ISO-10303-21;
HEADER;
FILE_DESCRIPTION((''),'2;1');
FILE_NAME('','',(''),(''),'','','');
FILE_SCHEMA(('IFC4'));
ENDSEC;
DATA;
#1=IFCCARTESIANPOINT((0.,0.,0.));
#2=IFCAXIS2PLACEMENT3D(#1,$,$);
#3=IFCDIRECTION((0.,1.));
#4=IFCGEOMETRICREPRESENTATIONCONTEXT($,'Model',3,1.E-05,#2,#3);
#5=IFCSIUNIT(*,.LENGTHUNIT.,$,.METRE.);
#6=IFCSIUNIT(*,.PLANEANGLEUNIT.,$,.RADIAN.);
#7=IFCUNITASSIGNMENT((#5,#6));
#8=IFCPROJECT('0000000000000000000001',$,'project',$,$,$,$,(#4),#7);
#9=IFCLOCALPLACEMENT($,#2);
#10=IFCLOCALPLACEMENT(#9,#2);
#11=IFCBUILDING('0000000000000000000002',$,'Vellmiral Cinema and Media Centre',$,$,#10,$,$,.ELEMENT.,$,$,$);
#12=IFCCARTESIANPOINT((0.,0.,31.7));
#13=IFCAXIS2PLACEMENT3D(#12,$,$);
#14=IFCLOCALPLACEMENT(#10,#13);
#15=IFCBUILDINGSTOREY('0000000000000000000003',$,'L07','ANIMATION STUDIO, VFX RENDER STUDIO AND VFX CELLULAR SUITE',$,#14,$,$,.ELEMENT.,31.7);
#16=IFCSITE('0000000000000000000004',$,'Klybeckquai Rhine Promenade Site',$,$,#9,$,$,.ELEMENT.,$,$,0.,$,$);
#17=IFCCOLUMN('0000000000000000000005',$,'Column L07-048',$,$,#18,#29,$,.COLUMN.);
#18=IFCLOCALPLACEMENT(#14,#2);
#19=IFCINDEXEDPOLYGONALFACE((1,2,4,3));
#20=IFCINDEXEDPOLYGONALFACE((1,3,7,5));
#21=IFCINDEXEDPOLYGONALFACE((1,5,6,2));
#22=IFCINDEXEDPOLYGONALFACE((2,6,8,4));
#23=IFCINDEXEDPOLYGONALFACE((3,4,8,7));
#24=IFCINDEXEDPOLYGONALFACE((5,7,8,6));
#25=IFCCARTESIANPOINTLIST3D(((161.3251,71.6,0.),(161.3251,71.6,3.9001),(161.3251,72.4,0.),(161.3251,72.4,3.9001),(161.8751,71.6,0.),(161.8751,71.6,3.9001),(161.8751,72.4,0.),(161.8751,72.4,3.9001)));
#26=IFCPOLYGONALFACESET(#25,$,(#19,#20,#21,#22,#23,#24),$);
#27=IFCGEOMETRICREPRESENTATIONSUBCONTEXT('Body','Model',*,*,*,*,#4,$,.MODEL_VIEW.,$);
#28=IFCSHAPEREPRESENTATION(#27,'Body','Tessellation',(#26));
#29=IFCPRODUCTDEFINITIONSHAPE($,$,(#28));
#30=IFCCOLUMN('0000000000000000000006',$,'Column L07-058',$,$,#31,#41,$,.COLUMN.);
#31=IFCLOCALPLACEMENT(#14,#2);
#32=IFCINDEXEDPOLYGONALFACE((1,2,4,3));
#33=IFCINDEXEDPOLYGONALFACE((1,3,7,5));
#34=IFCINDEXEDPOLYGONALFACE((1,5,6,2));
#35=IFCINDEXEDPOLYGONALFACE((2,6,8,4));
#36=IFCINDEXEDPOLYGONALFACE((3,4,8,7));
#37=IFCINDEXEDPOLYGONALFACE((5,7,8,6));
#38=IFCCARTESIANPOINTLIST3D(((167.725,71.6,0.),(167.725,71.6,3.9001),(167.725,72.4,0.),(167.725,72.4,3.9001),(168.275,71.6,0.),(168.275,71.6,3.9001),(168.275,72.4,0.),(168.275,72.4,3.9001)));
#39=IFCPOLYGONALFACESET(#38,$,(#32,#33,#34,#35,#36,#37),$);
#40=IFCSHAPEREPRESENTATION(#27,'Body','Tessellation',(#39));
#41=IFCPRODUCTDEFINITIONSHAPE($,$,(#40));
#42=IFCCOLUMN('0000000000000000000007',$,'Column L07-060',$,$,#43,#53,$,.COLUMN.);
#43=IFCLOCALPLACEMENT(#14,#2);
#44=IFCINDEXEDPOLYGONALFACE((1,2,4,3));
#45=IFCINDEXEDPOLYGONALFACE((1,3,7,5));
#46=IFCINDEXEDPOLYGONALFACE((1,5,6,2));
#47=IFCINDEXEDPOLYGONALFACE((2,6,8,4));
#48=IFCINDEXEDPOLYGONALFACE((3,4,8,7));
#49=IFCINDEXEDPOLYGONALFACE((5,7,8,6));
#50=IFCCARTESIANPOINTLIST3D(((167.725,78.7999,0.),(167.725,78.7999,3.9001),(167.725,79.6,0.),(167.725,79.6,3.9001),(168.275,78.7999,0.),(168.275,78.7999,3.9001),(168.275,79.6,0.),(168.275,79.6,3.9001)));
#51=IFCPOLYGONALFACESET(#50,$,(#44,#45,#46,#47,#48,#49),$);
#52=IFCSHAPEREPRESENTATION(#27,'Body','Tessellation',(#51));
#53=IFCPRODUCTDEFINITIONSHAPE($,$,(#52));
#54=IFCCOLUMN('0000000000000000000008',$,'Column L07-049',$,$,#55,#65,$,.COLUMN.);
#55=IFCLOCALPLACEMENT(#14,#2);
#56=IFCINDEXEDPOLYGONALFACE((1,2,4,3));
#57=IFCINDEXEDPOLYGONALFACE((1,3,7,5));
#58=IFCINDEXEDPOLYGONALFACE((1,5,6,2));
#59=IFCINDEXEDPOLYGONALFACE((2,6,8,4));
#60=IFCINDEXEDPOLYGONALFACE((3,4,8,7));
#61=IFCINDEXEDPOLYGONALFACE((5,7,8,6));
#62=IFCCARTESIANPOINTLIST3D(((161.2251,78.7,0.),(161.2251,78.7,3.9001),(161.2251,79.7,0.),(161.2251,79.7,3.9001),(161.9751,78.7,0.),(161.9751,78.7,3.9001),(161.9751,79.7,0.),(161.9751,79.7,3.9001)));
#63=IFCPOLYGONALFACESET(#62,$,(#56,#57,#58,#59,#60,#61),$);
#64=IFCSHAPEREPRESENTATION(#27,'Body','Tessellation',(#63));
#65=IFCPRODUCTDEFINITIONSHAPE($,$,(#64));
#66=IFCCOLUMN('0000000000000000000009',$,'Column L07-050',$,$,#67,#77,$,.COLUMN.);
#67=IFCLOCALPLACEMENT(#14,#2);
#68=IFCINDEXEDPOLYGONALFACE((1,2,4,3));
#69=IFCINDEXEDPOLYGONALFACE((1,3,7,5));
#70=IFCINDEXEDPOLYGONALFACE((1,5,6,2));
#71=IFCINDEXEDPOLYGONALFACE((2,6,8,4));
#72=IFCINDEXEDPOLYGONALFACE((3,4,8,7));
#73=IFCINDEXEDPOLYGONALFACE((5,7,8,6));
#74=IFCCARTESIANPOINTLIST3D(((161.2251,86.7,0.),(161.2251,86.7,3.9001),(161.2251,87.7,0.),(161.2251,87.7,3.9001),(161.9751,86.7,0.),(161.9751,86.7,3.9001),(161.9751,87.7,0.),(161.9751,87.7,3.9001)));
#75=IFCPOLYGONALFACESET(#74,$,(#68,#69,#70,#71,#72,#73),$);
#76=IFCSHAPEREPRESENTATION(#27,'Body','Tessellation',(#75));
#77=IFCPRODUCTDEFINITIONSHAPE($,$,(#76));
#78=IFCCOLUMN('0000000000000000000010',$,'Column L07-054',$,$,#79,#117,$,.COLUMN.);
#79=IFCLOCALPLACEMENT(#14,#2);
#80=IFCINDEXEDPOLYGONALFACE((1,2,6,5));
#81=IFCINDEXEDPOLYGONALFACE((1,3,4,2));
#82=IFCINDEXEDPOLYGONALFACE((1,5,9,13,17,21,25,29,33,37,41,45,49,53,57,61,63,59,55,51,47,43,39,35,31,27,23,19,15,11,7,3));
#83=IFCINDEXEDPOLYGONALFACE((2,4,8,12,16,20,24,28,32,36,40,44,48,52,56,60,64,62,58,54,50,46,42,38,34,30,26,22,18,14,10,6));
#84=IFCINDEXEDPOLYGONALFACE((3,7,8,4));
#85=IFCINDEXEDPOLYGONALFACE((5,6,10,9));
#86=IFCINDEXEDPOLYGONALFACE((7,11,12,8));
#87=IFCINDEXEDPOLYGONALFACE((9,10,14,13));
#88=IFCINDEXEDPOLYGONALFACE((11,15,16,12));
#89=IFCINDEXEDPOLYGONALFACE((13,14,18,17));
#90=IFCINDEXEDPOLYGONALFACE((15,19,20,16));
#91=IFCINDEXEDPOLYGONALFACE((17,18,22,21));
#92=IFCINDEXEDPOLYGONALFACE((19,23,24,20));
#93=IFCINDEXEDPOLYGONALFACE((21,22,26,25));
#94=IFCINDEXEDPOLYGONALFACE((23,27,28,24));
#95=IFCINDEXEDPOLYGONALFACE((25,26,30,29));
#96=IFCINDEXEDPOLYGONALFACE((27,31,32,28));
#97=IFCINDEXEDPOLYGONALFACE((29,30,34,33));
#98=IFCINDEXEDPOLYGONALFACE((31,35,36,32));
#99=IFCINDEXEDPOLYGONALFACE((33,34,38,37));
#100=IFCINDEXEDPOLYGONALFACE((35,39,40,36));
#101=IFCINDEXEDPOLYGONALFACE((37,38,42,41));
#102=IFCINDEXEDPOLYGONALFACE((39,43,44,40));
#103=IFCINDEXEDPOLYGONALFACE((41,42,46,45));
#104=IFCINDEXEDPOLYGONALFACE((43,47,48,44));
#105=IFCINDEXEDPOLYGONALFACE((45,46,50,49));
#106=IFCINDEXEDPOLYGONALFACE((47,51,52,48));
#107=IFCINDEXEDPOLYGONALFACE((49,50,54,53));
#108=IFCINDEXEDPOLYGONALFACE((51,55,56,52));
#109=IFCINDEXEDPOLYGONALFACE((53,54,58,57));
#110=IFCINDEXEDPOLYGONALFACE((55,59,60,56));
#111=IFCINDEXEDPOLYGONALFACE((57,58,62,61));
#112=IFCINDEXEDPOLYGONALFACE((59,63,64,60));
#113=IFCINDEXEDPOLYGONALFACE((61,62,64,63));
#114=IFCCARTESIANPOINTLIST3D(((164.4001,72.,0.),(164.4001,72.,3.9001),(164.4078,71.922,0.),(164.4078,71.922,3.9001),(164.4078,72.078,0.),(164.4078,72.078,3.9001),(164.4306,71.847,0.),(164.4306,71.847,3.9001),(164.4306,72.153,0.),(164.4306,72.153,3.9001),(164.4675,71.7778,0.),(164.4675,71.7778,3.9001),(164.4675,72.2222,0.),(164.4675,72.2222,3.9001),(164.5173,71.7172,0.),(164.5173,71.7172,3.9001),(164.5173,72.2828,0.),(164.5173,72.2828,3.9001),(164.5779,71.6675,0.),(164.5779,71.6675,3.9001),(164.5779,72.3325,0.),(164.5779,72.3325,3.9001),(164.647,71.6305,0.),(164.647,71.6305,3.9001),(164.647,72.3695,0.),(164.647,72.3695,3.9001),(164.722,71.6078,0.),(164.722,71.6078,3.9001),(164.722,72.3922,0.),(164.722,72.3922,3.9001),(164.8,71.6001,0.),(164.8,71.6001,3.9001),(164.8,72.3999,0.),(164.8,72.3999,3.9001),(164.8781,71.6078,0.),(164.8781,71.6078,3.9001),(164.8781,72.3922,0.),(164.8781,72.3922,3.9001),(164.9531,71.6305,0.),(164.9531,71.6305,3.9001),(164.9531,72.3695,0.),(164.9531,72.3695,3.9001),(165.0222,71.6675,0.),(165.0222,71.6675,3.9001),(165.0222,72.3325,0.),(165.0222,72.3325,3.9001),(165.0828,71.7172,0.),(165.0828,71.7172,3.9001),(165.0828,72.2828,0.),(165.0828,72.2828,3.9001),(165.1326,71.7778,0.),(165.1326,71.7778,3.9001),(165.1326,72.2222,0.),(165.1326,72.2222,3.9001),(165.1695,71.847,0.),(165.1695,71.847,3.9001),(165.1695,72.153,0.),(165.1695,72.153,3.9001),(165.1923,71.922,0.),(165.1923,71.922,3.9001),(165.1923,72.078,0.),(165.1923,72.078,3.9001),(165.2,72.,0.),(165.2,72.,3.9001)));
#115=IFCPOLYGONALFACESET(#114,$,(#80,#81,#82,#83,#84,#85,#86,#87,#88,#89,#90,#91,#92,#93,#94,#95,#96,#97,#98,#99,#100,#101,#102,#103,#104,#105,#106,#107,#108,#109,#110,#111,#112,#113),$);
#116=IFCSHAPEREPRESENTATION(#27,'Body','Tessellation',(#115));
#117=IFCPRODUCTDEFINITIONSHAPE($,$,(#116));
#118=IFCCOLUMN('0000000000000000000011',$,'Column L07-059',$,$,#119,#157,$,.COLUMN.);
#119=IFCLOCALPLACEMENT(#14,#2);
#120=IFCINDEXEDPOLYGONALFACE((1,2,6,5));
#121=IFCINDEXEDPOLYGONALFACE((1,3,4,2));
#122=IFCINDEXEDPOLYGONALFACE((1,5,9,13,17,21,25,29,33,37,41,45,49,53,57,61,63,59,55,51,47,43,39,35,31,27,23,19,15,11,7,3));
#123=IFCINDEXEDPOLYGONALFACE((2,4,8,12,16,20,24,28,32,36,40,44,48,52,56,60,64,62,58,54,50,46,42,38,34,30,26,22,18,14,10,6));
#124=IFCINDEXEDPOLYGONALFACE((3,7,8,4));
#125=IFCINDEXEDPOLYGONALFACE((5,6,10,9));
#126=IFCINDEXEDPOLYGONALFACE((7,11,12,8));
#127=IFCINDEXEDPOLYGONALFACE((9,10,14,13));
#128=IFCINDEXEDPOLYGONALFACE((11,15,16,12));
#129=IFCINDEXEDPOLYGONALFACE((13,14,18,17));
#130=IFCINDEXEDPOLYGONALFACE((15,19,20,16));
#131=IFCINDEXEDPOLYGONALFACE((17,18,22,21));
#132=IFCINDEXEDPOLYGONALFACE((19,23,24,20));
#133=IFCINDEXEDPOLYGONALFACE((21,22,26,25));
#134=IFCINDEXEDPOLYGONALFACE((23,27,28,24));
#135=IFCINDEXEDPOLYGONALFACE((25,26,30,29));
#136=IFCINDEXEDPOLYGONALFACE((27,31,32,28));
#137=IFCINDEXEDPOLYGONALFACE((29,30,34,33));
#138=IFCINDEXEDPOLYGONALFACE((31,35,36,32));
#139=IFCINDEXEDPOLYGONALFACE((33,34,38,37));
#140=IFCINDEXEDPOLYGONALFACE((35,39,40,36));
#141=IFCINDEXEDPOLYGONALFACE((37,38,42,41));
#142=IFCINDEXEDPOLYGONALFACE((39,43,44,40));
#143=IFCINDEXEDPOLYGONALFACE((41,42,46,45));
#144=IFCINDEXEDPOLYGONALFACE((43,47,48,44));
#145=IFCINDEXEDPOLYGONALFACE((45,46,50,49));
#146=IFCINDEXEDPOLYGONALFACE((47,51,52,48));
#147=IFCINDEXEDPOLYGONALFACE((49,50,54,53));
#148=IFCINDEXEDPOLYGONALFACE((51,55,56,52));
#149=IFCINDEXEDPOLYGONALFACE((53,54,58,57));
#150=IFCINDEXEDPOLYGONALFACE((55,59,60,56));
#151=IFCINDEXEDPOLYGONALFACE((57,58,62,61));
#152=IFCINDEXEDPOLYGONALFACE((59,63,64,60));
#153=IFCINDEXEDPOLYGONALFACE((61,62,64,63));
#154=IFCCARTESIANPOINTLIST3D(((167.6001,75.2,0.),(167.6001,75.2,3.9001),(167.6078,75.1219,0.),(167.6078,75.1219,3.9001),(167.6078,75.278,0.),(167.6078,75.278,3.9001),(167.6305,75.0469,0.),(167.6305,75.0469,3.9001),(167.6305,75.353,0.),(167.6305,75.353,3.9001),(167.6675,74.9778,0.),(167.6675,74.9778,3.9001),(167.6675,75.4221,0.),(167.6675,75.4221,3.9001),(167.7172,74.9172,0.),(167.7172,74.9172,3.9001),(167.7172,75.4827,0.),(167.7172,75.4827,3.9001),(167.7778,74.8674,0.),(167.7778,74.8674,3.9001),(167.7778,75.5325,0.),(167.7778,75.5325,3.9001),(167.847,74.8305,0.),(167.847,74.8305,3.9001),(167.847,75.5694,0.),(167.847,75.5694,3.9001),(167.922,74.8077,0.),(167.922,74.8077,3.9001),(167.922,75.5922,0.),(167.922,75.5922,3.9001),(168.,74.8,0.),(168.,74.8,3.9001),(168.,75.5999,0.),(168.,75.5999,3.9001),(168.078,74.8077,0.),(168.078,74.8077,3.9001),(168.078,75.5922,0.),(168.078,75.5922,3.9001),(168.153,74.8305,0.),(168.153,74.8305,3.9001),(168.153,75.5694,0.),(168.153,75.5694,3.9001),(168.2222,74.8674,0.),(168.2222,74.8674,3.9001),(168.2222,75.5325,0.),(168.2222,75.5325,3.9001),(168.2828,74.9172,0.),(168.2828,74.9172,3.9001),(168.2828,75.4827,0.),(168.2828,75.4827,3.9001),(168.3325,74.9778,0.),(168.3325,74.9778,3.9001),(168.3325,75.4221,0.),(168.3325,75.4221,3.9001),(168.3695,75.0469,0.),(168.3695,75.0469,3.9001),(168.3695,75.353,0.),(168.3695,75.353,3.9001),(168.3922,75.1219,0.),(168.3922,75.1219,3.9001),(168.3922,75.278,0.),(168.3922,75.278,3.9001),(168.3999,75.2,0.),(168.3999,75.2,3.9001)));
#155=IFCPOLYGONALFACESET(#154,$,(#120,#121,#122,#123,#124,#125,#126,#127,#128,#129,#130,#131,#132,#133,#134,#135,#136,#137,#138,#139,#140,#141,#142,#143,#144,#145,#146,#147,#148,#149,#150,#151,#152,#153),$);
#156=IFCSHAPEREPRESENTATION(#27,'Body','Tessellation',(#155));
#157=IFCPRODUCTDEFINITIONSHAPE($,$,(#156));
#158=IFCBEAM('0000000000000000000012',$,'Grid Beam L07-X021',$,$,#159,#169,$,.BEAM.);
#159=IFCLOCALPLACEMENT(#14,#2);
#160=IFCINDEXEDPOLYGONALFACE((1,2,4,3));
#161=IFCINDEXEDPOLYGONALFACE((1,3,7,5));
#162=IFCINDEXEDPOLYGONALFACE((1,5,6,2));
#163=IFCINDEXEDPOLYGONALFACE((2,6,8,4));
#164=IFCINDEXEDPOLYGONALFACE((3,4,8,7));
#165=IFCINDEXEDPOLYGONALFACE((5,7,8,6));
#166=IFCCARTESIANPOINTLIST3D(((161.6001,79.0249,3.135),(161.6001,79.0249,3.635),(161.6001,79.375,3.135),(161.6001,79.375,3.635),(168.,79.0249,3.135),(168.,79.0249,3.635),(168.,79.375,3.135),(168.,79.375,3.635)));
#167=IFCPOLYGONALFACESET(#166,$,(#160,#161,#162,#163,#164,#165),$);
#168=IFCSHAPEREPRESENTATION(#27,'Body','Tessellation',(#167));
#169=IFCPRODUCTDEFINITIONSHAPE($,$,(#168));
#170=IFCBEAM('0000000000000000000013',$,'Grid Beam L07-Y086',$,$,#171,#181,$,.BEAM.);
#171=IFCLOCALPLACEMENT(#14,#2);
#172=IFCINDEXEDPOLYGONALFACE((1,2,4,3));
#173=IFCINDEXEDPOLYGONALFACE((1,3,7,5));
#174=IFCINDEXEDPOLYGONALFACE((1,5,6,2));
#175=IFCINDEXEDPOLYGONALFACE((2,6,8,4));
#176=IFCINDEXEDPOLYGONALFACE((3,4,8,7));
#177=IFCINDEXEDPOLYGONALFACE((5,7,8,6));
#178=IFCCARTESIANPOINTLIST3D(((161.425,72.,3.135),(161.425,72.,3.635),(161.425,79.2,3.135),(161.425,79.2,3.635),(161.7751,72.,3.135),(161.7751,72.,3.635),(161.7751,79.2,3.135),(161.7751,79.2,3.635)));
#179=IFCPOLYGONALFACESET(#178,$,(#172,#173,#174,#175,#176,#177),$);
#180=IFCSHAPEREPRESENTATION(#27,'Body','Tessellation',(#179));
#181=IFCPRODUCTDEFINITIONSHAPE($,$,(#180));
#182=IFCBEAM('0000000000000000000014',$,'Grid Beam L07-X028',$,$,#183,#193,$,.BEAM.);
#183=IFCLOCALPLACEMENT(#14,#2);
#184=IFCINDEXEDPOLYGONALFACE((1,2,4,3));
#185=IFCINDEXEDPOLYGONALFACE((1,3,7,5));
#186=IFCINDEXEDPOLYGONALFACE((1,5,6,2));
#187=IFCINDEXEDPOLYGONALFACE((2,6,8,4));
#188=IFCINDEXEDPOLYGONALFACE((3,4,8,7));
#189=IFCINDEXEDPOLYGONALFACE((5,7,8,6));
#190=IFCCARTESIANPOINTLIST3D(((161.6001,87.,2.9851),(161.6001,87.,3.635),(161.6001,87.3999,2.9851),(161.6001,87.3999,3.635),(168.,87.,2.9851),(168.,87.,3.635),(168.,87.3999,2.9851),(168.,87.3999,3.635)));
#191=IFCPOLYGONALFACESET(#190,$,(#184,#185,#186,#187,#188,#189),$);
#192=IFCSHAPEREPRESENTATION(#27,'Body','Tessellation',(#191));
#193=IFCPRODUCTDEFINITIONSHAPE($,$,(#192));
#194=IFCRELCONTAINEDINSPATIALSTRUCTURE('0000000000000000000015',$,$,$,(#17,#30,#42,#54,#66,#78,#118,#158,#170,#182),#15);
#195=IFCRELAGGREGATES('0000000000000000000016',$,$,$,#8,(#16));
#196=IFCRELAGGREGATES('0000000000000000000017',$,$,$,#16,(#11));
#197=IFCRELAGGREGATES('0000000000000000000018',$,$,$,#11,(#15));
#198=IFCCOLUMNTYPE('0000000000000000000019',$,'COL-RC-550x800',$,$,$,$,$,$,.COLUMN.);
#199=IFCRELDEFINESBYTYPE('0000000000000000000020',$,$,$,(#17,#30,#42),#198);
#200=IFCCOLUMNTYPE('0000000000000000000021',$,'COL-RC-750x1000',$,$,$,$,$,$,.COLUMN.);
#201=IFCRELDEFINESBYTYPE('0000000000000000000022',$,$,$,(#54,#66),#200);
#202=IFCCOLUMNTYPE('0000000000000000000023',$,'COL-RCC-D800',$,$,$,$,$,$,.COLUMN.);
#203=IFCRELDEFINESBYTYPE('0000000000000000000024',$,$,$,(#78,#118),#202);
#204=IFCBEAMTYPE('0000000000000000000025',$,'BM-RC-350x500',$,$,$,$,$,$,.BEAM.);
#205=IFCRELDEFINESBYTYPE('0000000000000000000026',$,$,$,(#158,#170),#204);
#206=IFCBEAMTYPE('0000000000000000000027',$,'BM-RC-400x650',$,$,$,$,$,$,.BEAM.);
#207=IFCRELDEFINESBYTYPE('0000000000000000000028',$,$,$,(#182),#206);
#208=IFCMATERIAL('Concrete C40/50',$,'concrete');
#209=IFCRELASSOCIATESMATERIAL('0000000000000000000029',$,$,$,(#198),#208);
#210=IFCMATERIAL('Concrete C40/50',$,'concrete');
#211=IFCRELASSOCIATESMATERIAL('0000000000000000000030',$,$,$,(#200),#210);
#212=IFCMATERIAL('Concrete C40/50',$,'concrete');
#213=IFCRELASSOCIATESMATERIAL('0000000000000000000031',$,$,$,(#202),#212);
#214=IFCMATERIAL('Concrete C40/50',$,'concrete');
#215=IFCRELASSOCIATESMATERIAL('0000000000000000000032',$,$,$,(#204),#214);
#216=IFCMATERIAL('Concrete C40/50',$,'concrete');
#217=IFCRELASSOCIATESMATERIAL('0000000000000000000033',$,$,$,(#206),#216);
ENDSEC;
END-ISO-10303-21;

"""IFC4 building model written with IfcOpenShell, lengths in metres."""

from ifc_helpers import new_model, si_unit, direction, frame, origin, origin_2d, place, context, subcontext, project, spatial, rectangle, circle, extrude, material, material_profile, profile_set, type_object, element, save


model = new_model("IFC4")

# Units and contexts
model_context = context("Model", 3, precision=1e-05, world=origin(), true_north=direction((0.0, 1.0)))
body_context = subcontext(model_context, "Body", "Model", "MODEL_VIEW")
ifc_project = project(units=[si_unit("LENGTHUNIT", "METRE"), si_unit("PLANEANGLEUNIT", "RADIAN")], contexts=[model_context])

# Site, building, storey
site_placement = place(None, origin())
site = spatial("IfcSite", under=ifc_project, at=site_placement, Name="Klybeckquai Rhine Promenade Site", CompositionType="ELEMENT", RefElevation=0.0)
building_placement = place(site_placement, origin())
building = spatial("IfcBuilding", under=site, at=building_placement, Name="Vellmiral Cinema and Media Centre", CompositionType="ELEMENT")
storey_placement = place(building_placement, frame((0.0, 0.0, 31.7)))
storey = spatial("IfcBuildingStorey", under=building, at=storey_placement, Name="L07", Description="ANIMATION STUDIO, VFX RENDER STUDIO AND VFX CELLULAR SUITE", CompositionType="ELEMENT", Elevation=31.7)

# Columns
ifc_material_1 = material(Name="Concrete C40/50", Category="concrete")
ifc_material_profile_1 = material_profile(ifc_material_1, rectangle(XDim=0.55, YDim=0.8, at=origin_2d()), Name="RC 550x800")
ifc_profile_set_1 = profile_set([ifc_material_profile_1], Name="Concrete C40/50")
column_type_1 = type_object("IfcColumnType", Name="COL-RC-550x800", PredefinedType="COLUMN", material=ifc_profile_set_1)
for number, where, z_axis, x_axis, name in (
    (1, (161.6001, 72.0, 0.0), (0.0, 0.0, 1.0), (1.0, 0.0, 0.0), "Column L07-048"),
    (2, (168.0, 72.0, 0.0), (0.0, 0.0, 1.0), (1.0, 0.0, 0.0), "Column L07-058"),
    (3, (168.0, 79.2, 0.0), (0.0, 0.0, 1.0), (1.0, 0.0, 0.0), "Column L07-060"),
):
    element("IfcColumn", number, at=place(storey_placement, frame(where, z_axis=z_axis, x_axis=x_axis)), inside=storey, type_object=column_type_1, Name=name, PredefinedType="COLUMN", context=body_context, shape_type="SweptSolid", body=[
        extrude(rectangle(XDim=0.55, YDim=0.8, at=origin_2d()), origin(), (0.0, 0.0, 1.0), 3.9001),
    ])
ifc_material_2 = material(Name="Concrete C40/50", Category="concrete")
ifc_material_profile_2 = material_profile(ifc_material_2, rectangle(XDim=0.75, YDim=1.0, at=origin_2d()), Name="RC 750x1000")
ifc_profile_set_2 = profile_set([ifc_material_profile_2], Name="Concrete C40/50")
column_type_2 = type_object("IfcColumnType", Name="COL-RC-750x1000", PredefinedType="COLUMN", material=ifc_profile_set_2)
for number, where, z_axis, x_axis, name in (
    (4, (161.6001, 79.2, 0.0), (0.0, 0.0, 1.0), (1.0, 0.0, 0.0), "Column L07-049"),
    (5, (161.6001, 87.2, 0.0), (0.0, 0.0, 1.0), (1.0, 0.0, 0.0), "Column L07-050"),
):
    element("IfcColumn", number, at=place(storey_placement, frame(where, z_axis=z_axis, x_axis=x_axis)), inside=storey, type_object=column_type_2, Name=name, PredefinedType="COLUMN", context=body_context, shape_type="SweptSolid", body=[
        extrude(rectangle(XDim=0.75, YDim=1.0, at=origin_2d()), origin(), (0.0, 0.0, 1.0), 3.9001),
    ])
ifc_material_3 = material(Name="Concrete C40/50", Category="concrete")
ifc_material_profile_3 = material_profile(ifc_material_3, circle(Radius=0.3999, at=origin_2d()), Name="RC D800")
ifc_profile_set_3 = profile_set([ifc_material_profile_3], Name="Concrete C40/50")
column_type_3 = type_object("IfcColumnType", Name="COL-RCC-D800", PredefinedType="COLUMN", material=ifc_profile_set_3)
for number, where, z_axis, x_axis, name in (
    (6, (164.8, 72.0, 0.0), (0.0, 0.0, 1.0), (1.0, 0.0, 0.0), "Column L07-054"),
    (7, (168.0, 75.2, 0.0), (0.0, 0.0, 1.0), (1.0, 0.0, 0.0), "Column L07-059"),
):
    element("IfcColumn", number, at=place(storey_placement, frame(where, z_axis=z_axis, x_axis=x_axis)), inside=storey, type_object=column_type_3, Name=name, PredefinedType="COLUMN", context=body_context, shape_type="SweptSolid", body=[
        extrude(circle(Radius=0.3999, at=origin_2d()), origin(), (0.0, 0.0, 1.0), 3.9001),
    ])

# Beams
ifc_material_4 = material(Name="Concrete C40/50", Category="concrete")
ifc_material_profile_4 = material_profile(ifc_material_4, rectangle(XDim=0.3501, YDim=0.5, at=origin_2d()), Name="RC 350x500")
ifc_profile_set_4 = profile_set([ifc_material_profile_4], Name="Concrete C40/50")
beam_type_1 = type_object("IfcBeamType", Name="BM-RC-350x500", PredefinedType="BEAM", material=ifc_profile_set_4)
beam_1_placement = place(storey_placement, frame((161.6001, 79.2, 3.385), z_axis=(1.0, 0.0, 0.0), x_axis=(0.0, 1.0, 0.0)))
element("IfcBeam", 8, at=beam_1_placement, inside=storey, type_object=beam_type_1, Name="Grid Beam L07-X021", PredefinedType="BEAM", context=body_context, shape_type="SweptSolid", body=[
    extrude(rectangle(XDim=0.3501, YDim=0.5, at=origin_2d()), origin(), (0.0, 0.0, 1.0), 6.3999),
])
beam_2_placement = place(storey_placement, frame((161.6001, 72.0, 3.385), z_axis=(0.0, 1.0, 0.0), x_axis=(-1.0, 0.0, 0.0)))
element("IfcBeam", 9, at=beam_2_placement, inside=storey, type_object=beam_type_1, Name="Grid Beam L07-Y086", PredefinedType="BEAM", context=body_context, shape_type="SweptSolid", body=[
    extrude(rectangle(XDim=0.3501, YDim=0.5, at=origin_2d()), origin(), (0.0, 0.0, 1.0), 7.2),
])
ifc_material_5 = material(Name="Concrete C40/50", Category="concrete")
ifc_material_profile_5 = material_profile(ifc_material_5, rectangle(XDim=0.3999, YDim=0.6499, at=origin_2d()), Name="RC 400x650")
ifc_profile_set_5 = profile_set([ifc_material_profile_5], Name="Concrete C40/50")
beam_type_2 = type_object("IfcBeamType", Name="BM-RC-400x650", PredefinedType="BEAM", material=ifc_profile_set_5)
beam_3_placement = place(storey_placement, frame((161.6001, 87.2, 3.3101), z_axis=(1.0, 0.0, 0.0), x_axis=(0.0, 1.0, 0.0)))
element("IfcBeam", 10, at=beam_3_placement, inside=storey, type_object=beam_type_2, Name="Grid Beam L07-X028", PredefinedType="BEAM", context=body_context, shape_type="SweptSolid", body=[
    extrude(rectangle(XDim=0.3999, YDim=0.6499, at=origin_2d()), origin(), (0.0, 0.0, 1.0), 6.3999),
])

save(model, "model.ifc")
